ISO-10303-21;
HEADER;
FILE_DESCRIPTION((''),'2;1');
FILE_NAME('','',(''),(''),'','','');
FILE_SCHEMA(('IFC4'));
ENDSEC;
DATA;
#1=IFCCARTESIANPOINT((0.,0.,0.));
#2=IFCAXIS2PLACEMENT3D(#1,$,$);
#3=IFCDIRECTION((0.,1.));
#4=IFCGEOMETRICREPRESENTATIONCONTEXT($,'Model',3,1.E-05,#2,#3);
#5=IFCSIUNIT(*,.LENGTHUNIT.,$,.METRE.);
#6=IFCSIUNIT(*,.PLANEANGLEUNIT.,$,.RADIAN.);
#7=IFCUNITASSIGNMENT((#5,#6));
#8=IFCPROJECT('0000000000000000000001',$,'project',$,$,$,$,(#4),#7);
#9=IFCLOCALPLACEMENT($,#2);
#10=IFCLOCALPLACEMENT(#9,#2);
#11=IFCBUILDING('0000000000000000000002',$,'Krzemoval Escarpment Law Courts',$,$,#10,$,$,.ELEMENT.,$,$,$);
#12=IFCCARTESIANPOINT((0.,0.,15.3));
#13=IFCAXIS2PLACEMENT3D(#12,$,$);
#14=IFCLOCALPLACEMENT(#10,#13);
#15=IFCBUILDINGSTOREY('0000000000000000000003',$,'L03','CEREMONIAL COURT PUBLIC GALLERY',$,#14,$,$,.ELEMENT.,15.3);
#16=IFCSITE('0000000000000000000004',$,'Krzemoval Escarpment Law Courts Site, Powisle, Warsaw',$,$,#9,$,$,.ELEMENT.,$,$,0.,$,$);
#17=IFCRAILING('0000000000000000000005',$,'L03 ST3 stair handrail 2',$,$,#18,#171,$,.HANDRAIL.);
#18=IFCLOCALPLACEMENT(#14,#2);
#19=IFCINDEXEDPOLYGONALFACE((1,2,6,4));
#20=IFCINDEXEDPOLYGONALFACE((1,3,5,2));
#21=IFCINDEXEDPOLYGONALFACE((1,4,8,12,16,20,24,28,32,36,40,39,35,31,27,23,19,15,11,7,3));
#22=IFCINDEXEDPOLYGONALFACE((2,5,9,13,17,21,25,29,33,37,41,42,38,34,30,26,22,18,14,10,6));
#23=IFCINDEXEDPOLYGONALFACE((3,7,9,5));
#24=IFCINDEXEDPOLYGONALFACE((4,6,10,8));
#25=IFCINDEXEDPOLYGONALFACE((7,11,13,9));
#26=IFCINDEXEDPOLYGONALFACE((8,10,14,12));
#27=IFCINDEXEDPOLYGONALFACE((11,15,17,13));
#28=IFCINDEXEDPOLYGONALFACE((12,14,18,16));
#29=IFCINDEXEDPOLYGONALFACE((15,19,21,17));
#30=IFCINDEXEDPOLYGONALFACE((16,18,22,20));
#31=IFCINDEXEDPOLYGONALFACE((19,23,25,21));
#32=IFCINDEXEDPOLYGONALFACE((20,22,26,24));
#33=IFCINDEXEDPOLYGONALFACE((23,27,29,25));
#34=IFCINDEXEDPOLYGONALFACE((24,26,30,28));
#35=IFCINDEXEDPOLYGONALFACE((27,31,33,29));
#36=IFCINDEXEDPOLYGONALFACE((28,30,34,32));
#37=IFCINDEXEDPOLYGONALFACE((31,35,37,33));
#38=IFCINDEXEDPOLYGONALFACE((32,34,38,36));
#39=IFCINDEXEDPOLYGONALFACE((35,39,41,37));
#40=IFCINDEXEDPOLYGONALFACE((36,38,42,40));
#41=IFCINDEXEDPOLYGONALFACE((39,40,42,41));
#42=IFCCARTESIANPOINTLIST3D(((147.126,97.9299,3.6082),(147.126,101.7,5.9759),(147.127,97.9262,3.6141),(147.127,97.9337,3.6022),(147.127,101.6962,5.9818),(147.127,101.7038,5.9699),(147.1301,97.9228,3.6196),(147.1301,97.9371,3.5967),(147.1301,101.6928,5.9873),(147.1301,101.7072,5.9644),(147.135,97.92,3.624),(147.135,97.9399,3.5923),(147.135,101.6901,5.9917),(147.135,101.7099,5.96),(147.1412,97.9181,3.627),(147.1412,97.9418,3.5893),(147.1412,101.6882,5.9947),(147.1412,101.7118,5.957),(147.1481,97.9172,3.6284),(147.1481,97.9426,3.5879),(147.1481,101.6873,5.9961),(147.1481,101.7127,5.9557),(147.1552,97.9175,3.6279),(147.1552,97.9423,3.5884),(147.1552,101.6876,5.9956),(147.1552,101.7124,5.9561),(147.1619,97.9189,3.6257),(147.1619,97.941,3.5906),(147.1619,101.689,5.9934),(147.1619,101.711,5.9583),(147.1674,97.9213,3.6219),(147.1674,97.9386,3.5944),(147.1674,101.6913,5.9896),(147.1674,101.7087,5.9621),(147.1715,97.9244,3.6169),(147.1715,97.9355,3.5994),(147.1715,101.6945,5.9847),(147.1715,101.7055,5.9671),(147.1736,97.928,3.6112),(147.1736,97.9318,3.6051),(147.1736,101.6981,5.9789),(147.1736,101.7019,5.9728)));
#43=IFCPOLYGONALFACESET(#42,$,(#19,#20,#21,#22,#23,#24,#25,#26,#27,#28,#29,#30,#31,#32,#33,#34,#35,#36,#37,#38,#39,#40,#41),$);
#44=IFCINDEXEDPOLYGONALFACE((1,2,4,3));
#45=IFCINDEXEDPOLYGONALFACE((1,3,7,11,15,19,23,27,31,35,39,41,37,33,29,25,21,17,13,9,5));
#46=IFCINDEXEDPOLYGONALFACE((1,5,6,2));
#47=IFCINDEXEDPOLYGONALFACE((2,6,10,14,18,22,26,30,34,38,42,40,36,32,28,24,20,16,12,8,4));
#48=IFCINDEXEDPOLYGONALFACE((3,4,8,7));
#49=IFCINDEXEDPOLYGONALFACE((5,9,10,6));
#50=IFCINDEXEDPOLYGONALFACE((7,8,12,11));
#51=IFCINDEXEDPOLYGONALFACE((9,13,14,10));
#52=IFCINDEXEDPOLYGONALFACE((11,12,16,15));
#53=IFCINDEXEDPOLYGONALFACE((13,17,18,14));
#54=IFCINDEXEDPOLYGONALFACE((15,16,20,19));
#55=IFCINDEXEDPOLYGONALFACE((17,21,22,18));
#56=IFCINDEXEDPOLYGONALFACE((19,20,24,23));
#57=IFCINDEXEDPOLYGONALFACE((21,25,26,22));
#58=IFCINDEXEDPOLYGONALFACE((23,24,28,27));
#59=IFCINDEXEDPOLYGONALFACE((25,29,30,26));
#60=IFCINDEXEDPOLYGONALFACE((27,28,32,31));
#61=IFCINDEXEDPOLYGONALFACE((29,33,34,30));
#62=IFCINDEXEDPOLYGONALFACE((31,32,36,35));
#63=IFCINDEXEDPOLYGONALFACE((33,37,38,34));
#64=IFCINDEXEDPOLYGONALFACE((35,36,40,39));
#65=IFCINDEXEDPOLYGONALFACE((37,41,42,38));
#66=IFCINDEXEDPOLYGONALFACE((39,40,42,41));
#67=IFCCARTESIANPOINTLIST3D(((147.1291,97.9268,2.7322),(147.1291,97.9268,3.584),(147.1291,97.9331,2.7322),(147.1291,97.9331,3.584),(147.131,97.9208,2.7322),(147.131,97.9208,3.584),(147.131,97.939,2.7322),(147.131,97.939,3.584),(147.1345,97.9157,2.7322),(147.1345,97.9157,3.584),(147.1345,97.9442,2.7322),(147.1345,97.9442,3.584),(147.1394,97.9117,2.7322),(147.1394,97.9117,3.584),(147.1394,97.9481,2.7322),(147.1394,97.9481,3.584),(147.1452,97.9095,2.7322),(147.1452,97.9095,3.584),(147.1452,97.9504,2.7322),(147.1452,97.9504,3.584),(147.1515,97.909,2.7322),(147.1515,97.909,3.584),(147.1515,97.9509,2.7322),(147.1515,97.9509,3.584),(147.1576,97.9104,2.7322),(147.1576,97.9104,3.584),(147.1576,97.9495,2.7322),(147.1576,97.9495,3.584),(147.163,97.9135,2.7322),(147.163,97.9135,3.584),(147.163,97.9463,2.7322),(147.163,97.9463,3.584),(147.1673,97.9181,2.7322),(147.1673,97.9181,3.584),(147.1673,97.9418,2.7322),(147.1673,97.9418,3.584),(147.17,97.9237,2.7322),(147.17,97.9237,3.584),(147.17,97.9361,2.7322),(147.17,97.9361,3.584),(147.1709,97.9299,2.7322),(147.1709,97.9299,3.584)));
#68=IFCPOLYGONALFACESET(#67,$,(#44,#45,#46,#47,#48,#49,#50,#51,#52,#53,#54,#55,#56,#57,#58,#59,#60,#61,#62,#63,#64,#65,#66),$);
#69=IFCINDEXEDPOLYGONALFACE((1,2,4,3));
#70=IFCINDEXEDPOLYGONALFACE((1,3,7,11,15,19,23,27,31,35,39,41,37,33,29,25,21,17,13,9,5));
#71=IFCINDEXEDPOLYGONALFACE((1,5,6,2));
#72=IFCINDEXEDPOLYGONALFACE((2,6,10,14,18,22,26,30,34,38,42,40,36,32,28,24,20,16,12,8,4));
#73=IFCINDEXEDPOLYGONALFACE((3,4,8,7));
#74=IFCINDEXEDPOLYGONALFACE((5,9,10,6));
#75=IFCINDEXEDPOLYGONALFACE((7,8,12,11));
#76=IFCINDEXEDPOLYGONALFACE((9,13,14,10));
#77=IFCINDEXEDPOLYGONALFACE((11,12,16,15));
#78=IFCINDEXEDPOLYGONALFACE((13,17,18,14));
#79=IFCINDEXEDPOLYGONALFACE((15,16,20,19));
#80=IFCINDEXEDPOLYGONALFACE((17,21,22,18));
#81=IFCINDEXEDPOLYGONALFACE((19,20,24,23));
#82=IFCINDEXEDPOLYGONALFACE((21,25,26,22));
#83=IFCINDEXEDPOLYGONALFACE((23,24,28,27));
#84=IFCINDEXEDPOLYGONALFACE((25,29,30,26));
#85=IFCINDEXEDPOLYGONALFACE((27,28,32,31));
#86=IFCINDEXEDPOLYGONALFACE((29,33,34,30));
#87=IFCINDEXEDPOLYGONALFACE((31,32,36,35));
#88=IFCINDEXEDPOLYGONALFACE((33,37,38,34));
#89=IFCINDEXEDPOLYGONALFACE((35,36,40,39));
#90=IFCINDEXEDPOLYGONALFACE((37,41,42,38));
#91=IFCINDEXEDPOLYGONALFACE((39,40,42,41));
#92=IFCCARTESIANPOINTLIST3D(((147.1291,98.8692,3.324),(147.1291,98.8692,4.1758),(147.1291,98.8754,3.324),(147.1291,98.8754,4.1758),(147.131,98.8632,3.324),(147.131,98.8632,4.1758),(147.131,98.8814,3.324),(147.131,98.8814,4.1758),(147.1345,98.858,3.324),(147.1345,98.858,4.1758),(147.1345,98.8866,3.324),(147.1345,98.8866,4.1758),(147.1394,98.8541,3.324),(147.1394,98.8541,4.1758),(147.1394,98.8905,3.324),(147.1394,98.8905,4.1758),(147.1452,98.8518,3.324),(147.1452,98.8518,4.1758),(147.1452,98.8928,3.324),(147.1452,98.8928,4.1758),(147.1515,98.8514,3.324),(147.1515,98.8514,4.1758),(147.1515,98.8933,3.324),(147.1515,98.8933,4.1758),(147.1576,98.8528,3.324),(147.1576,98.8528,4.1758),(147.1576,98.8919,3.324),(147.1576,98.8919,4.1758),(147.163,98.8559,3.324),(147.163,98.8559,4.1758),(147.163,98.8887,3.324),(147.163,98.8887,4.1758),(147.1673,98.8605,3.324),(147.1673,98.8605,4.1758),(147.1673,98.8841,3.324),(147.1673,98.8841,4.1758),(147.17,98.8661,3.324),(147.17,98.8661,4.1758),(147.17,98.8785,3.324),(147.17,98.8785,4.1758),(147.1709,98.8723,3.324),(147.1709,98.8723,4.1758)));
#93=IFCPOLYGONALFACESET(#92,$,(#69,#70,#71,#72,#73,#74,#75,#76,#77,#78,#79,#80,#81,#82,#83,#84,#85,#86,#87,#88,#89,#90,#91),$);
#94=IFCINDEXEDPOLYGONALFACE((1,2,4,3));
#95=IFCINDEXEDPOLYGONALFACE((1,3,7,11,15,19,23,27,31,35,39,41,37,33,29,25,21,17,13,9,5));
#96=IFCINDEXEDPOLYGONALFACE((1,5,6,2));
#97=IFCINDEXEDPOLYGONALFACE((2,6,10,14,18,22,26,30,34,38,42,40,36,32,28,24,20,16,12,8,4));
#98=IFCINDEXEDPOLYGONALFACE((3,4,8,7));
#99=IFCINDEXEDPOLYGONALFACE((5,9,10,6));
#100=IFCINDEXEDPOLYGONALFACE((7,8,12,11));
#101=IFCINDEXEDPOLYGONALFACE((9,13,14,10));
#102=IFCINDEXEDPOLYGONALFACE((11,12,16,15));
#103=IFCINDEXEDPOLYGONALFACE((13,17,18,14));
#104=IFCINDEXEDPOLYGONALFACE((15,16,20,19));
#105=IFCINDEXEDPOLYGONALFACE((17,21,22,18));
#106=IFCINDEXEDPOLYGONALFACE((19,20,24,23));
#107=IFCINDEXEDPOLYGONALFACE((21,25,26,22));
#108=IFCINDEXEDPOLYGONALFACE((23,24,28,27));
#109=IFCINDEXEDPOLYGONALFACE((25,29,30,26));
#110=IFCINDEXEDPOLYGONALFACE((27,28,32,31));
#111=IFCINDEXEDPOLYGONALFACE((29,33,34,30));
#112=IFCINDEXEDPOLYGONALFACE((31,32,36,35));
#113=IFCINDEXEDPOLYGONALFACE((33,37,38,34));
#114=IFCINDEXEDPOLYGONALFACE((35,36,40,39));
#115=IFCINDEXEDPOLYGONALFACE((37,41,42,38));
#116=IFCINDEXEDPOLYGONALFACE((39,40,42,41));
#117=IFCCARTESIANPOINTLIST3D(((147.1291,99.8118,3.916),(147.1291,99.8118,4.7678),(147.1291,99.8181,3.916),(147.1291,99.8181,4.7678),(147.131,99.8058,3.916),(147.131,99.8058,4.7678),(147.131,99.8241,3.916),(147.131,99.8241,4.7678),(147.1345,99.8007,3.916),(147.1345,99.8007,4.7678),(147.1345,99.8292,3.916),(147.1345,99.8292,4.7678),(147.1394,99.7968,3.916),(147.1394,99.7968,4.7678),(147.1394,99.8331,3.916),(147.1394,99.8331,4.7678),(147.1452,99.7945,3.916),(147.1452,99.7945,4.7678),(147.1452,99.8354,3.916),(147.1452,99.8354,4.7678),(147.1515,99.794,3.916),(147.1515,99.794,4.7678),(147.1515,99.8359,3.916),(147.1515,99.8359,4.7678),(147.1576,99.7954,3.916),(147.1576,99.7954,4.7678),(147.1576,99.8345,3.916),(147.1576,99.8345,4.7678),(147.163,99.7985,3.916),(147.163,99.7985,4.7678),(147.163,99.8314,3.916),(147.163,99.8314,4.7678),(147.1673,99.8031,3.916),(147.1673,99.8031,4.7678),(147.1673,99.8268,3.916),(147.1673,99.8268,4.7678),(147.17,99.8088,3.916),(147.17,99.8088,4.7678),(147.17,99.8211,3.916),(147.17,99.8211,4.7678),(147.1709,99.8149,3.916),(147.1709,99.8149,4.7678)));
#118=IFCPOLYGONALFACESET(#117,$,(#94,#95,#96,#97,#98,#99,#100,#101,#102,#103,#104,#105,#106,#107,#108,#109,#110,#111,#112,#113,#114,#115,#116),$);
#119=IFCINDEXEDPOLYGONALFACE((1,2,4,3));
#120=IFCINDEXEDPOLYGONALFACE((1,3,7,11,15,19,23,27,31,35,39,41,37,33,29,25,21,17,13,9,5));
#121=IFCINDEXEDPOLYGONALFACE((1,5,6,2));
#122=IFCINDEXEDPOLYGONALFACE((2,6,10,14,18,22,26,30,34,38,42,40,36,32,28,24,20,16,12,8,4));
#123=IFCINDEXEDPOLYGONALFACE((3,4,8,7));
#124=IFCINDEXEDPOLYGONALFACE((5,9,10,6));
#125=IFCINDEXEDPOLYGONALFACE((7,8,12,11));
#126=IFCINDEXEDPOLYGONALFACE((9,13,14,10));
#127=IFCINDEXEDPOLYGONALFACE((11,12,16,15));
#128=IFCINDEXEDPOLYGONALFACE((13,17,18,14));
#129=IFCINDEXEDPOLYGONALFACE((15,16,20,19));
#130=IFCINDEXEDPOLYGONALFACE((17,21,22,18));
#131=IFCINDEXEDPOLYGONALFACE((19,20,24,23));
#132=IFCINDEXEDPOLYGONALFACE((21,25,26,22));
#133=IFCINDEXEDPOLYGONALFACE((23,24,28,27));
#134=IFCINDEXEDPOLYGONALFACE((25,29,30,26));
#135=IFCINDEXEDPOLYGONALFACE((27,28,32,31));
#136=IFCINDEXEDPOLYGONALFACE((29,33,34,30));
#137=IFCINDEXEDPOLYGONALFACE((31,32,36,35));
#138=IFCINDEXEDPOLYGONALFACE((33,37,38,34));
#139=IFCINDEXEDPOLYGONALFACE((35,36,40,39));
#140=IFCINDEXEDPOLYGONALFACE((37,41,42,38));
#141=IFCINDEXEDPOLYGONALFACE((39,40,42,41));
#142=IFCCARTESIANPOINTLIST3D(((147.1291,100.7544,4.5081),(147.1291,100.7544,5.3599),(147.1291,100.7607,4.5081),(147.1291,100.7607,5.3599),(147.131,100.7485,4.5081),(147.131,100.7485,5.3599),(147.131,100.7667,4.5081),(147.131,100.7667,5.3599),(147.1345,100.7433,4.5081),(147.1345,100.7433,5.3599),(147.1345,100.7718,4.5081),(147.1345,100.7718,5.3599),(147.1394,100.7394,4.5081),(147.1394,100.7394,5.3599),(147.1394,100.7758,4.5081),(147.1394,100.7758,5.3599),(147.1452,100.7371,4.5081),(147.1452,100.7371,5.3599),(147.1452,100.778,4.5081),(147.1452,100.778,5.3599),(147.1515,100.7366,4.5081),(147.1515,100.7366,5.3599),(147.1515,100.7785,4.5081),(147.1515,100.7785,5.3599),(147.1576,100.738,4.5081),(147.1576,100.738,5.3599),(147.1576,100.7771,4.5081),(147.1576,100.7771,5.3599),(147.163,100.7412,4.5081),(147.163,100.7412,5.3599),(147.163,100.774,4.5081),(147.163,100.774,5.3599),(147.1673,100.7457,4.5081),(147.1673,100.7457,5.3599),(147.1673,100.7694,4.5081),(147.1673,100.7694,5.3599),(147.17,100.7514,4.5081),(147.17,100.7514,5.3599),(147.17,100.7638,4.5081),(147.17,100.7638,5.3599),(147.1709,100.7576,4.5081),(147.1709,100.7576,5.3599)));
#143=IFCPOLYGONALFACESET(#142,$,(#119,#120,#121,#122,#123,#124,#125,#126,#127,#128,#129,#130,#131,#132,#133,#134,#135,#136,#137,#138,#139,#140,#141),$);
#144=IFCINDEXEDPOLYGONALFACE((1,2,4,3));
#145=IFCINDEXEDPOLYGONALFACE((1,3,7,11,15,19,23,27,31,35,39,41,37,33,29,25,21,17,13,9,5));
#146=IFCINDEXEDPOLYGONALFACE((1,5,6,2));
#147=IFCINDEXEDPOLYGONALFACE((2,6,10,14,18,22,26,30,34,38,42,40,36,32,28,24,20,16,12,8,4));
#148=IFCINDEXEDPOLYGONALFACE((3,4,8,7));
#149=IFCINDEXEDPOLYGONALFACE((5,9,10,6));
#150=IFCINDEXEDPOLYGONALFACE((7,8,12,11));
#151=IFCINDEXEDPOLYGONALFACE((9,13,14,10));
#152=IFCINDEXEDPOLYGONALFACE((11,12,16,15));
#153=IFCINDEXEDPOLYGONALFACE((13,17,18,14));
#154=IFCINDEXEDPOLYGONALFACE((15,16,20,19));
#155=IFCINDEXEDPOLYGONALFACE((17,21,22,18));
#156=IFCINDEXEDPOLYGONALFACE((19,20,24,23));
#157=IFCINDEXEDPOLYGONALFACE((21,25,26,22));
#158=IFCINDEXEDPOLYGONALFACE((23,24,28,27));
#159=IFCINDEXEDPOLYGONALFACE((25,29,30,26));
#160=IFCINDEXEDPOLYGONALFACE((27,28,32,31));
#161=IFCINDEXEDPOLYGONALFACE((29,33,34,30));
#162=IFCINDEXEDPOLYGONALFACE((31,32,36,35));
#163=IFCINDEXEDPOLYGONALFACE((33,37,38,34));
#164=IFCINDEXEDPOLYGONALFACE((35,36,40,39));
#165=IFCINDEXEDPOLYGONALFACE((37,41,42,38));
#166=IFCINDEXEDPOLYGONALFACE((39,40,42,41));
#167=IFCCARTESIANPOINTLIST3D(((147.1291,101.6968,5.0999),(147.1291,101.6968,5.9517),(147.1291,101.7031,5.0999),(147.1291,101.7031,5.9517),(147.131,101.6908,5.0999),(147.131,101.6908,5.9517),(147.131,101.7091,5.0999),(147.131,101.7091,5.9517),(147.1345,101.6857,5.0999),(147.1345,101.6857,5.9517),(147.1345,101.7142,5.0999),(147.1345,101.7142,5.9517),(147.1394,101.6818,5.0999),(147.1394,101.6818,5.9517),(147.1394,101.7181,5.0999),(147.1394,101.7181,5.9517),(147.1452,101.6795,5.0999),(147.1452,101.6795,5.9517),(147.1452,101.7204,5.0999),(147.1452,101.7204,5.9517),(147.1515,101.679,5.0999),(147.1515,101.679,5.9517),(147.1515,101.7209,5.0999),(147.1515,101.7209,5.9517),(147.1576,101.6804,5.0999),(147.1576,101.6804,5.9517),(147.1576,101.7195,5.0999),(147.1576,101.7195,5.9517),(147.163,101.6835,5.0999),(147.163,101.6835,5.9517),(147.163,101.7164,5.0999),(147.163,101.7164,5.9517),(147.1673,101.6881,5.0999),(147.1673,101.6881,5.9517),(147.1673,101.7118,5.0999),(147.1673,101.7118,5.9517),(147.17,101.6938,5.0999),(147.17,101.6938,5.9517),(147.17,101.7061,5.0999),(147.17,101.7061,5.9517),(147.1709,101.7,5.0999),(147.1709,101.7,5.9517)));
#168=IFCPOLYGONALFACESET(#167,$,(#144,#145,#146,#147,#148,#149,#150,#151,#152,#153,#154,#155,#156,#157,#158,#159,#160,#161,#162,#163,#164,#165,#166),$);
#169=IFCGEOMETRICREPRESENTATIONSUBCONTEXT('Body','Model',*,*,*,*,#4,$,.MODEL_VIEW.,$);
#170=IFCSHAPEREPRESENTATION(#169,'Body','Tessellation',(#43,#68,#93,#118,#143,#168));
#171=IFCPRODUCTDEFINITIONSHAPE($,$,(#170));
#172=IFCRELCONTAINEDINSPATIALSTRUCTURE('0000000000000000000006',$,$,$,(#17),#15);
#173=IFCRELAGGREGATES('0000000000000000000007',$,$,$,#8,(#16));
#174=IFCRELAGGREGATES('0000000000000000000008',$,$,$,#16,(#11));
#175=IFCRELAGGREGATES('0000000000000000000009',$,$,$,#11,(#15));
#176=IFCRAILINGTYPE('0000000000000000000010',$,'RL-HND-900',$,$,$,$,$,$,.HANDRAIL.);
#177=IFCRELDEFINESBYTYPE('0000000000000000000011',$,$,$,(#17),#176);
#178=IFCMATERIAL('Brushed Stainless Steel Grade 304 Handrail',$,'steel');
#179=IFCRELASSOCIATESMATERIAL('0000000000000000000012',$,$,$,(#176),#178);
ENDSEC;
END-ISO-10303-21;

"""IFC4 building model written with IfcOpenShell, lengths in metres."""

from ifc_helpers import new_model, si_unit, direction, frame, origin, origin_2d, place, context, subcontext, project, spatial, circle, extrude, material, type_object, element, save


model = new_model("IFC4")

# Units and contexts
model_context = context("Model", 3, precision=1e-05, world=origin(), true_north=direction((0.0, 1.0)))
body_context = subcontext(model_context, "Body", "Model", "MODEL_VIEW")
ifc_project = project(units=[si_unit("LENGTHUNIT", "METRE"), si_unit("PLANEANGLEUNIT", "RADIAN")], contexts=[model_context])

# Site, building, storey
site_placement = place(None, origin())
site = spatial("IfcSite", under=ifc_project, at=site_placement, Name="Krzemoval Escarpment Law Courts Site, Powisle, Warsaw", CompositionType="ELEMENT", RefElevation=0.0)
building_placement = place(site_placement, origin())
building = spatial("IfcBuilding", under=site, at=building_placement, Name="Krzemoval Escarpment Law Courts", CompositionType="ELEMENT")
storey_placement = place(building_placement, frame((0.0, 0.0, 15.3)))
storey = spatial("IfcBuildingStorey", under=building, at=storey_placement, Name="L03", Description="CEREMONIAL COURT PUBLIC GALLERY", CompositionType="ELEMENT", Elevation=15.3)

# Railing
ifc_material_1 = material(Name="Brushed Stainless Steel Grade 304 Handrail", Category="steel")
railing_type_1 = type_object("IfcRailingType", Name="RL-HND-900", PredefinedType="HANDRAIL", material=ifc_material_1)
railing_1_placement = place(storey_placement, frame((147.1499, 97.9299, 2.7322)))
element("IfcRailing", 1, at=railing_1_placement, inside=storey, type_object=railing_type_1, Name="L03 ST3 stair handrail 2", PredefinedType="HANDRAIL", context=body_context, shape_type="SweptSolid", body=[
    extrude(circle(Radius=0.0239, at=origin_2d()), frame((0.0, 0.0, 0.876), z_axis=(0.0, 0.846844, 0.531841), x_axis=(-1.0, 0.0, 0.0)), (0.0, 0.0, 1.0), 4.4519),
    extrude(circle(Radius=0.021, at=origin_2d()), origin(), (0.0, 0.0, 1.0), 0.8518),
    extrude(circle(Radius=0.021, at=origin_2d()), frame((0.0, 0.9424, 0.5918)), (0.0, 0.0, 1.0), 0.8518),
    extrude(circle(Radius=0.021, at=origin_2d()), frame((0.0, 1.885, 1.1838)), (0.0, 0.0, 1.0), 0.8518),
    extrude(circle(Radius=0.021, at=origin_2d()), frame((0.0, 2.8276, 1.7759)), (0.0, 0.0, 1.0), 0.8518),
    extrude(circle(Radius=0.021, at=origin_2d()), frame((0.0, 3.77, 2.3677)), (0.0, 0.0, 1.0), 0.8518),
])

save(model, "model.ifc")
